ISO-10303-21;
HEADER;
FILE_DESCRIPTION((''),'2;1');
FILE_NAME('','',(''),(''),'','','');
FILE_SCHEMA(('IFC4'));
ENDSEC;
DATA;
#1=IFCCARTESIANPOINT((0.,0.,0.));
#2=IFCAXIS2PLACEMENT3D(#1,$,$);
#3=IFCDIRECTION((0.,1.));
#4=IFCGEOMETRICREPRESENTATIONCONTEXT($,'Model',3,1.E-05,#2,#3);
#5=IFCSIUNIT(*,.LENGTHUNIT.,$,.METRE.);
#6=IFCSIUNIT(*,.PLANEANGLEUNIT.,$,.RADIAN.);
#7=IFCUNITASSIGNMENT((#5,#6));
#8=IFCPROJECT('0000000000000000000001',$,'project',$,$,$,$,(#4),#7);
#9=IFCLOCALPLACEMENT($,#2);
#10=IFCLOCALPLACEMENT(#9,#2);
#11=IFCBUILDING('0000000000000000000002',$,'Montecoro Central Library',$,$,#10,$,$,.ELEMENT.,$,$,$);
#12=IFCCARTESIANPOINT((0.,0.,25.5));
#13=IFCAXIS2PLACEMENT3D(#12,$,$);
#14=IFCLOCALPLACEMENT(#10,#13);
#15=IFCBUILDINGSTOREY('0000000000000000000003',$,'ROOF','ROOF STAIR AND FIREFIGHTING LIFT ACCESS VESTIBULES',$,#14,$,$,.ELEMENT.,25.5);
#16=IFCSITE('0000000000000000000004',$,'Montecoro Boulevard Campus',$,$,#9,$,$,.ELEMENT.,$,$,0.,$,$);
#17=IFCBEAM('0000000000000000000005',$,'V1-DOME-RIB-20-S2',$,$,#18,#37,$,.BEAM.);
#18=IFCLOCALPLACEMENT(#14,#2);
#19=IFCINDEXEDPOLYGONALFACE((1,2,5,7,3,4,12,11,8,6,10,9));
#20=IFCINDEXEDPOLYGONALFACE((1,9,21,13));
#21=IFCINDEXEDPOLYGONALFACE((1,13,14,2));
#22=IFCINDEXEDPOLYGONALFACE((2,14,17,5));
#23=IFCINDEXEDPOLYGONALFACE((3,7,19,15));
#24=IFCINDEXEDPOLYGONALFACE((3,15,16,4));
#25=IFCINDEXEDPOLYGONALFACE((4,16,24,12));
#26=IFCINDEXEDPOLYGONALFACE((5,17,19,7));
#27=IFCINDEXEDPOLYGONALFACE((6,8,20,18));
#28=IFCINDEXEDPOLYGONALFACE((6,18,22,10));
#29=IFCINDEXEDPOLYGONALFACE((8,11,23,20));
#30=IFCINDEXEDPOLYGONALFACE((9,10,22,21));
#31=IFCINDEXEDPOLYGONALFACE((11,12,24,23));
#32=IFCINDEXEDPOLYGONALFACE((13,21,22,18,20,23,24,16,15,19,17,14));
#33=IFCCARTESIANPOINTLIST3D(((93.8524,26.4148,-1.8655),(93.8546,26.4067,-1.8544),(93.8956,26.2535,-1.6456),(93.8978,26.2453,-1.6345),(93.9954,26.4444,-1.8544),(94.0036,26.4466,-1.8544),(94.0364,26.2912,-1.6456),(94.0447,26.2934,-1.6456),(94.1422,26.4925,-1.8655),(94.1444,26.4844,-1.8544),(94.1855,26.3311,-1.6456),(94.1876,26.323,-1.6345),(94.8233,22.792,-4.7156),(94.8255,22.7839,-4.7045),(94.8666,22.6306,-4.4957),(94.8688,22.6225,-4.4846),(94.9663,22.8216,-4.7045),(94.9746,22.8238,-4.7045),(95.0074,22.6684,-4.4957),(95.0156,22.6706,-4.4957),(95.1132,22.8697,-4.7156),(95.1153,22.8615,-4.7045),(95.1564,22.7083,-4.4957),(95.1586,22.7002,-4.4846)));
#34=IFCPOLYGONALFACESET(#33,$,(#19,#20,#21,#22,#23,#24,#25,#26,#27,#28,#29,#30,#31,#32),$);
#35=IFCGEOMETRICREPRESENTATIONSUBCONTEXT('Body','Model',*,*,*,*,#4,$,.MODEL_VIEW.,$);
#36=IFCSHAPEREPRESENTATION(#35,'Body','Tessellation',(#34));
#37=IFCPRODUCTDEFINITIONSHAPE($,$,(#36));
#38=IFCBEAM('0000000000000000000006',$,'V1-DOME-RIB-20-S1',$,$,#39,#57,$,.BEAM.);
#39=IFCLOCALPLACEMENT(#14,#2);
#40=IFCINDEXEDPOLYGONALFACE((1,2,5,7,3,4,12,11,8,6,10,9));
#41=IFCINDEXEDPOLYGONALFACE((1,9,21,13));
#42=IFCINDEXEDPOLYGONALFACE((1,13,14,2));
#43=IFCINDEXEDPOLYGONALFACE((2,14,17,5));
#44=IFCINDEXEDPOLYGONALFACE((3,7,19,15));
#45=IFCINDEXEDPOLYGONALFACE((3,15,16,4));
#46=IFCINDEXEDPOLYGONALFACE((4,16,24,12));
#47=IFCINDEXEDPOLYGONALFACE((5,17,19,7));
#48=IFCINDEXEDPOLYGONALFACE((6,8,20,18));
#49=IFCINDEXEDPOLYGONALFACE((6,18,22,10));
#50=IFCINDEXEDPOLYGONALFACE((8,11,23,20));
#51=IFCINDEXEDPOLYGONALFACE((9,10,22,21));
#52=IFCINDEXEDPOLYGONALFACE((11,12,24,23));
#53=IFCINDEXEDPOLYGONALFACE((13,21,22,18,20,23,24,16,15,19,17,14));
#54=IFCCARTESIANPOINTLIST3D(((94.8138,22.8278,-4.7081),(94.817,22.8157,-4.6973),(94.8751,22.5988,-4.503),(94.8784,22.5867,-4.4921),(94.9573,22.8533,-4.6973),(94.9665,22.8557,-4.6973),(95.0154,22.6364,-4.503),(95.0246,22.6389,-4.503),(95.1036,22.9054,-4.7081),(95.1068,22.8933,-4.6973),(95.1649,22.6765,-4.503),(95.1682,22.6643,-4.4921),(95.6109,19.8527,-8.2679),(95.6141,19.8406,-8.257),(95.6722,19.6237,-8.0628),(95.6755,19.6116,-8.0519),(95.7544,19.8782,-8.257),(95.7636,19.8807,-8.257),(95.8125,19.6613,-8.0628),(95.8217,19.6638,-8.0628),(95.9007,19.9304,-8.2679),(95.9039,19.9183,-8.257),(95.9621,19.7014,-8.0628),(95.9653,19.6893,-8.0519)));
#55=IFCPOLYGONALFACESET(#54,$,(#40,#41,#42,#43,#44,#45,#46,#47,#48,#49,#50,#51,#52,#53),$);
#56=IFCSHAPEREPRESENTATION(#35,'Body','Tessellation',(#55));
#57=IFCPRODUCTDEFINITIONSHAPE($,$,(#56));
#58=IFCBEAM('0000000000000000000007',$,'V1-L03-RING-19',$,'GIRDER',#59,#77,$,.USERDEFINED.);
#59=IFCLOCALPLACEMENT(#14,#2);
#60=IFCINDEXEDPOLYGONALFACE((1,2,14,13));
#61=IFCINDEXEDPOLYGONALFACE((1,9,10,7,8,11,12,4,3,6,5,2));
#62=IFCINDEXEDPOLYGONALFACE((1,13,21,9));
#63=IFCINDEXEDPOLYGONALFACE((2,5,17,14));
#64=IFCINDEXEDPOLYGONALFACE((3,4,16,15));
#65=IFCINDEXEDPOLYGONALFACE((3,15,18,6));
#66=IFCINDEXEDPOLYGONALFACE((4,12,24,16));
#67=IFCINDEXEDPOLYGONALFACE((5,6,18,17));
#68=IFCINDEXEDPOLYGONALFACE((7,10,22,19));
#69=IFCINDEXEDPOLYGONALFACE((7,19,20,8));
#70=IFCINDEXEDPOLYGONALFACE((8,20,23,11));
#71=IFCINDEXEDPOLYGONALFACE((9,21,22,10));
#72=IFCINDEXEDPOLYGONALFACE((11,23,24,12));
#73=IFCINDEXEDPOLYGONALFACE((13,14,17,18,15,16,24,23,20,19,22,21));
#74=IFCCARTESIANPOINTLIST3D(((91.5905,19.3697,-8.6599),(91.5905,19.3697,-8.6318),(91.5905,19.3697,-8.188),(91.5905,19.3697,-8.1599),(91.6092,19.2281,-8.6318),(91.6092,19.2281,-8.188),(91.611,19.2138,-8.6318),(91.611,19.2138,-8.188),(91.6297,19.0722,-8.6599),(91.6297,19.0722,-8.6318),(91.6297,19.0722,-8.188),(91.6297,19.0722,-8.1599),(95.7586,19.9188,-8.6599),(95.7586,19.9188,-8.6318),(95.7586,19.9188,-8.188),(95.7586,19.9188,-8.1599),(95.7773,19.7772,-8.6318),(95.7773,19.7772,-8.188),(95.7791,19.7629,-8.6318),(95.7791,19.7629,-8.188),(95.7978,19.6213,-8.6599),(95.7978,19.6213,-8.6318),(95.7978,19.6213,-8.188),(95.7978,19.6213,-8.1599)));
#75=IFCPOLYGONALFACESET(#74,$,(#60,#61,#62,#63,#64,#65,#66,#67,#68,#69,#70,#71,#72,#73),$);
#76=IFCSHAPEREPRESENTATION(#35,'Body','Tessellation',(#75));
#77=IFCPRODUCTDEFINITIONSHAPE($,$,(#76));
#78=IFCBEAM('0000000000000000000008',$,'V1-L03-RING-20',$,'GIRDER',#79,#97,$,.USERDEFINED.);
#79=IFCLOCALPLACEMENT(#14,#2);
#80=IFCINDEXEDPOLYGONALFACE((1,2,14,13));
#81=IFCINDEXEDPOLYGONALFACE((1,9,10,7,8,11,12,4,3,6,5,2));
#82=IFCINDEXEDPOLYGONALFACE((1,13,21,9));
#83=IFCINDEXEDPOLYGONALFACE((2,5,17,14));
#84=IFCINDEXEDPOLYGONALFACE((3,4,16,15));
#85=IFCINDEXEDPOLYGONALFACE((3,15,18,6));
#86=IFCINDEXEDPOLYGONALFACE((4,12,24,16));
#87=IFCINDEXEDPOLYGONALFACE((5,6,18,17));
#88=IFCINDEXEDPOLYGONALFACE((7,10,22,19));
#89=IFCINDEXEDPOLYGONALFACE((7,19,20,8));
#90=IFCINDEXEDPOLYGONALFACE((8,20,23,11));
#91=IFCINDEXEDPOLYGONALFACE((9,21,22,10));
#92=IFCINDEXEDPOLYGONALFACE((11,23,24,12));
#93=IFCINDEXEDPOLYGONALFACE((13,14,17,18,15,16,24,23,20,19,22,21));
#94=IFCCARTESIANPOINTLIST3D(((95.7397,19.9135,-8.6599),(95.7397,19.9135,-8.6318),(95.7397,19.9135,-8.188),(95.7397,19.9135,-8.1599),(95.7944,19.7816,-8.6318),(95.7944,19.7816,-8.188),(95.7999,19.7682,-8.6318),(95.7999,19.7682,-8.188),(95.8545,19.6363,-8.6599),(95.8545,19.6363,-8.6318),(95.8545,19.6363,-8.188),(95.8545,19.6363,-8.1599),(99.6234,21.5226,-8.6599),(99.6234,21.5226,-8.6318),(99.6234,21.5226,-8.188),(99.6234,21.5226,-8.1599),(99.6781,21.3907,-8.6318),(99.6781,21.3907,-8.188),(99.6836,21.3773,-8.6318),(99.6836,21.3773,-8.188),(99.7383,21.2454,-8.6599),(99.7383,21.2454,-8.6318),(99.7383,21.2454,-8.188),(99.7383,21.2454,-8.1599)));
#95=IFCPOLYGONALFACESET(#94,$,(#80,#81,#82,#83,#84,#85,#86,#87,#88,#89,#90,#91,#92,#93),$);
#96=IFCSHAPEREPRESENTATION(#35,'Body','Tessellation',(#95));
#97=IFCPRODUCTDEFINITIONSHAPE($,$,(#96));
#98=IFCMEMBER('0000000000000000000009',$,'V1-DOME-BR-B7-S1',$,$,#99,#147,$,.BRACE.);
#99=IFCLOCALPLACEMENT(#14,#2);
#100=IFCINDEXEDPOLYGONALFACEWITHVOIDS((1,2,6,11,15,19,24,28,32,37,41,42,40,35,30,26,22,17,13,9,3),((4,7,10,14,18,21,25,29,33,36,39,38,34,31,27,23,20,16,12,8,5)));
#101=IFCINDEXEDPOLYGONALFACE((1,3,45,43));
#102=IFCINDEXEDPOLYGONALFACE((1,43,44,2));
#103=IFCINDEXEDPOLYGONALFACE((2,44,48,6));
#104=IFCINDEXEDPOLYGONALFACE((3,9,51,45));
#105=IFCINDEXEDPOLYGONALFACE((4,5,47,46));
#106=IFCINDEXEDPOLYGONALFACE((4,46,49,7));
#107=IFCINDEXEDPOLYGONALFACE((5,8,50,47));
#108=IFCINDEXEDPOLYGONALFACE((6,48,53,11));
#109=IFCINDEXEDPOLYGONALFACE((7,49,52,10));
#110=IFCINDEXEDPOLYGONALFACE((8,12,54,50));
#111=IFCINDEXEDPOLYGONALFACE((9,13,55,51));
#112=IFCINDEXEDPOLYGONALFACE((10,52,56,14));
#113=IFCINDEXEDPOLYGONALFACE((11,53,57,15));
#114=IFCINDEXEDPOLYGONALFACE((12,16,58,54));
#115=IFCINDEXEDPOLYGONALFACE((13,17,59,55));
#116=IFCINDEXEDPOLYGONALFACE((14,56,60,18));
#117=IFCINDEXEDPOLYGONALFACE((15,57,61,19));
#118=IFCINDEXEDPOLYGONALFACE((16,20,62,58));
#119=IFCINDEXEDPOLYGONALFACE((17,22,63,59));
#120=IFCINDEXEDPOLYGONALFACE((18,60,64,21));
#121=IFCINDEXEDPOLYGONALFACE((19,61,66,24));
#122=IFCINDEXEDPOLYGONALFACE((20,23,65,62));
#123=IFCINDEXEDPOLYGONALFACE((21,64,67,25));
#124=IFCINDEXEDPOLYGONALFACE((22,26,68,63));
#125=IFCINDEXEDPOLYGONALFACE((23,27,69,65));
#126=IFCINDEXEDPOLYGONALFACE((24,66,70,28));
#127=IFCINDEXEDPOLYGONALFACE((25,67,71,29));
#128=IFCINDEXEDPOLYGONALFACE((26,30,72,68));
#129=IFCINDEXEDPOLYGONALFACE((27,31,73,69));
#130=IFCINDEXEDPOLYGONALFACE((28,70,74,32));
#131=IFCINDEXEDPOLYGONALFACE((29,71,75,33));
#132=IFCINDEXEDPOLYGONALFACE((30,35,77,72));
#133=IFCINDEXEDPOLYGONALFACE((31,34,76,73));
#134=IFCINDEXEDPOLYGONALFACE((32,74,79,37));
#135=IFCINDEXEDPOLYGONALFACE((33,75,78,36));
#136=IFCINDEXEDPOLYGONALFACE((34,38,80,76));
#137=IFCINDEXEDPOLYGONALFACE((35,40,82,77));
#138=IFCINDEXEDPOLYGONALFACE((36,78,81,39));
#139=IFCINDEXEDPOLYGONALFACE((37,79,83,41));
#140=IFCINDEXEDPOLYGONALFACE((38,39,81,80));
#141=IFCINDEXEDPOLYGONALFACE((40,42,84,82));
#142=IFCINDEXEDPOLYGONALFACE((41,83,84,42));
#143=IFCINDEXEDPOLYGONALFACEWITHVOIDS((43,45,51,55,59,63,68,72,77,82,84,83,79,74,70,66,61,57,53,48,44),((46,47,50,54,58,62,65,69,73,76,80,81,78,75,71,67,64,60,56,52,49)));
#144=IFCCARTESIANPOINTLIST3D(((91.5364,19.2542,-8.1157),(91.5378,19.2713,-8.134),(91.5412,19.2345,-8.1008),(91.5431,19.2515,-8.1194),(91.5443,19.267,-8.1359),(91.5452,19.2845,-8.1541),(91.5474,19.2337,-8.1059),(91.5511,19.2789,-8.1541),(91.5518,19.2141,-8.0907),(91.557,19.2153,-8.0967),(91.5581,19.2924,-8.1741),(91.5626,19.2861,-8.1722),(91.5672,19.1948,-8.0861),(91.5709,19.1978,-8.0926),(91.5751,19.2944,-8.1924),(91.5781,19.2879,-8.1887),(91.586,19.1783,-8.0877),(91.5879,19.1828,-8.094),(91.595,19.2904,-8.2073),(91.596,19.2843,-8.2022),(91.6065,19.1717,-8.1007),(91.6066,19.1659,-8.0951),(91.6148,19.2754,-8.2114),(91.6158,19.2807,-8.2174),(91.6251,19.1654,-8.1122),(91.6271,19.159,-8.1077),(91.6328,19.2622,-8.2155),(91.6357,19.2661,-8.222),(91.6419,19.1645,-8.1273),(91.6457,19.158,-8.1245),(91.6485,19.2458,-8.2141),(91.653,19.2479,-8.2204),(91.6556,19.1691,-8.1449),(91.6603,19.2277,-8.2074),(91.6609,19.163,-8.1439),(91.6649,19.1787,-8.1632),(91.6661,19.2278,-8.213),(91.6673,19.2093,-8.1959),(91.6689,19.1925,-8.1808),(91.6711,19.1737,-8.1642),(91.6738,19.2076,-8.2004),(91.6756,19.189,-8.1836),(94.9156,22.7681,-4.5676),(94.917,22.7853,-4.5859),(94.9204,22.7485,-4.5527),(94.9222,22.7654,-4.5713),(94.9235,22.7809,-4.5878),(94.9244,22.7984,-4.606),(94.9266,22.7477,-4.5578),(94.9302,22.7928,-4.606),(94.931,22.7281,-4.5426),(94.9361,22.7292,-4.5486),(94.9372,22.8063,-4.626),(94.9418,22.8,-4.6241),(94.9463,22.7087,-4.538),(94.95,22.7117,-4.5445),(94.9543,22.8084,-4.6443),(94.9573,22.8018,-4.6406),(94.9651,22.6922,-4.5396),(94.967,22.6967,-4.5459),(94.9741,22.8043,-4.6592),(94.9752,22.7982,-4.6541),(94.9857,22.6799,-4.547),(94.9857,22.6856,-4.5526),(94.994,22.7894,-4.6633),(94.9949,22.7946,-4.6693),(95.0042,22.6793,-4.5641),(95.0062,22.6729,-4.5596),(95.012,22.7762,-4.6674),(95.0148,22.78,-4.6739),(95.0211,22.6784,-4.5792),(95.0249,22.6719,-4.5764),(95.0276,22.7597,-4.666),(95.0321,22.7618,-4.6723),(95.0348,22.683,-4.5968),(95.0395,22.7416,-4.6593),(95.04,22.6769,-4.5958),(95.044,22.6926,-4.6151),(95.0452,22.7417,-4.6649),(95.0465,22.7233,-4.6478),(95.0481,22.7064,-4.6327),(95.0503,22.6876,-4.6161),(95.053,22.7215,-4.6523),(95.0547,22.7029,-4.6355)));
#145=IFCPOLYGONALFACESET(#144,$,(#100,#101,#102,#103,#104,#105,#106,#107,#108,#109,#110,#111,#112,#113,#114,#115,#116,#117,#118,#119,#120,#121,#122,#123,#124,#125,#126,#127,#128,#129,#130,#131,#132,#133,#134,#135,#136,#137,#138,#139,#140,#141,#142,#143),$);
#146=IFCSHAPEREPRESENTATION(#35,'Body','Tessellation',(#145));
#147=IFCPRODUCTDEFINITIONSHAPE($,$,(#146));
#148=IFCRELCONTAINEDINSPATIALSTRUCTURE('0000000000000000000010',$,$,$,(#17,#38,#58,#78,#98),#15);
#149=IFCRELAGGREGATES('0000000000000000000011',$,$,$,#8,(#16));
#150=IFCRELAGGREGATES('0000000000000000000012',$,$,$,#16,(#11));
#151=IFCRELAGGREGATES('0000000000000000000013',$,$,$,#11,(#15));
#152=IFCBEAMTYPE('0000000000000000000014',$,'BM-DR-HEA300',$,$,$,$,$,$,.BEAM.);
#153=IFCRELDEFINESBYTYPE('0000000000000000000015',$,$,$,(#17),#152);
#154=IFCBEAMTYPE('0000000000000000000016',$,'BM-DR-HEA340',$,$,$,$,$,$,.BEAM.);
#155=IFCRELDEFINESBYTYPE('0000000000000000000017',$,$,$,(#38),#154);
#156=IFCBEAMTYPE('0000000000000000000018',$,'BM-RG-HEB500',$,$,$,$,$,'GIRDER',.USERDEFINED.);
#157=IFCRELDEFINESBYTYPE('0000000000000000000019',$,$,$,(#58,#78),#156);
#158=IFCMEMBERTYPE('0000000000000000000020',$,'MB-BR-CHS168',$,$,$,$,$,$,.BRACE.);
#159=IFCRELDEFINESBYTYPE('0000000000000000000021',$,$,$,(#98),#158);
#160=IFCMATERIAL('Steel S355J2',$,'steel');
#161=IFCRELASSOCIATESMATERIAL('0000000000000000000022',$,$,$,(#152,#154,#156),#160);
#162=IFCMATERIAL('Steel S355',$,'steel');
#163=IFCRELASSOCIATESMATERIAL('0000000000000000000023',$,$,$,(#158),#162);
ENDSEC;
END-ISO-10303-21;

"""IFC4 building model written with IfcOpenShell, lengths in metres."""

from ifc_helpers import new_model, si_unit, direction, frame, origin, origin_2d, place, context, subcontext, project, spatial, hollow_circle, i_section, extrude, material, material_profile, profile_set, type_object, element, save


model = new_model("IFC4")

# Units and contexts
model_context = context("Model", 3, precision=1e-05, world=origin(), true_north=direction((0.0, 1.0)))
body_context = subcontext(model_context, "Body", "Model", "MODEL_VIEW")
ifc_project = project(units=[si_unit("LENGTHUNIT", "METRE"), si_unit("PLANEANGLEUNIT", "RADIAN")], contexts=[model_context])

# Site, building, storey
site_placement = place(None, origin())
site = spatial("IfcSite", under=ifc_project, at=site_placement, Name="Montecoro Boulevard Campus", CompositionType="ELEMENT", RefElevation=0.0)
building_placement = place(site_placement, origin())
building = spatial("IfcBuilding", under=site, at=building_placement, Name="Montecoro Central Library", CompositionType="ELEMENT")
storey_placement = place(building_placement, frame((0.0, 0.0, 25.5)))
storey = spatial("IfcBuildingStorey", under=building, at=storey_placement, Name="ROOF", Description="ROOF STAIR AND FIREFIGHTING LIFT ACCESS VESTIBULES", CompositionType="ELEMENT", Elevation=25.5)

# Beams
ifc_material_1 = material(Name="Steel S355J2", Category="steel")
ifc_material_profile_1 = material_profile(ifc_material_1, i_section(OverallWidth=0.3, OverallDepth=0.29, WebThickness=0.0085, FlangeThickness=0.0139, at=origin_2d()), Name="HEA 300")
ifc_profile_set_1 = profile_set([ifc_material_profile_1], Name="Steel S355J2")
beam_type_1 = type_object("IfcBeamType", Name="BM-DR-HEA300", PredefinedType="BEAM", material=ifc_profile_set_1)
beam_1_placement = place(storey_placement, frame((94.991, 22.7461, -4.6001), z_axis=(-0.206116, 0.769062, 0.605029), x_axis=(-0.965911, -0.258874, 0.0)))
element("IfcBeam", 1, at=beam_1_placement, inside=storey, type_object=beam_type_1, Name="V1-DOME-RIB-20-S2", PredefinedType="BEAM", context=body_context, shape_type="SweptSolid", body=[
    extrude(i_section(OverallWidth=0.3, OverallDepth=0.29, WebThickness=0.0085, FlangeThickness=0.0139, at=origin_2d()), origin(), (0.0, 0.0, 1.0), 4.7107),
])
ifc_material_profile_2 = material_profile(ifc_material_1, i_section(OverallWidth=0.3, OverallDepth=0.3301, WebThickness=0.0095, FlangeThickness=0.0166, at=origin_2d()), Name="HEA 340")
ifc_profile_set_2 = profile_set([ifc_material_profile_2], Name="Steel S355J2")
beam_type_2 = type_object("IfcBeamType", Name="BM-DR-HEA340", PredefinedType="BEAM", material=ifc_profile_set_2)
beam_2_placement = place(storey_placement, frame((95.7881, 19.771, -8.1599), z_axis=(-0.169336, 0.632015, 0.756229), x_axis=(-0.96593, -0.258802, 0.0)))
element("IfcBeam", 2, at=beam_2_placement, inside=storey, type_object=beam_type_2, Name="V1-DOME-RIB-20-S1", PredefinedType="BEAM", context=body_context, shape_type="SweptSolid", body=[
    extrude(i_section(OverallWidth=0.3, OverallDepth=0.3301, WebThickness=0.0095, FlangeThickness=0.0166, at=origin_2d()), origin(), (0.0, 0.0, 1.0), 4.7073),
])
ifc_material_profile_3 = material_profile(ifc_material_1, i_section(OverallWidth=0.3, OverallDepth=0.5, WebThickness=0.0144, FlangeThickness=0.0281, at=origin_2d()), Name="HEB 500")
ifc_profile_set_3 = profile_set([ifc_material_profile_3], Name="Steel S355J2")
beam_type_3 = type_object("IfcBeamType", Name="BM-RG-HEB500", ElementType="GIRDER", PredefinedType="USERDEFINED", material=ifc_profile_set_3)
beam_3_placement = place(storey_placement, frame((91.6101, 19.2209, -8.4099), z_axis=(0.991434, 0.130608, 0.0), x_axis=(-0.130608, 0.991434, 0.0)))
element("IfcBeam", 3, at=beam_3_placement, inside=storey, type_object=beam_type_3, Name="V1-L03-RING-19", ObjectType="GIRDER", PredefinedType="USERDEFINED", context=body_context, shape_type="SweptSolid", body=[
    extrude(i_section(OverallWidth=0.3, OverallDepth=0.5, WebThickness=0.0144, FlangeThickness=0.0281, at=origin_2d()), origin(), (0.0, 0.0, 1.0), 4.2041),
])
beam_4_placement = place(storey_placement, frame((95.7971, 19.7749, -8.4099), z_axis=(0.923845, 0.382767, 0.0), x_axis=(-0.382767, 0.923845, 0.0)))
element("IfcBeam", 4, at=beam_4_placement, inside=storey, type_object=beam_type_3, Name="V1-L03-RING-20", ObjectType="GIRDER", PredefinedType="USERDEFINED", context=body_context, shape_type="SweptSolid", body=[
    extrude(i_section(OverallWidth=0.3, OverallDepth=0.5, WebThickness=0.0144, FlangeThickness=0.0281, at=origin_2d()), origin(), (0.0, 0.0, 1.0), 4.2039),
])

# Member
ifc_material_2 = material(Name="Steel S355", Category="steel")
ifc_material_profile_4 = material_profile(ifc_material_2, hollow_circle(Radius=0.0842, WallThickness=0.0081, at=origin_2d()), Name="CHS 168.3x8.0")
ifc_profile_set_4 = profile_set([ifc_material_profile_4], Name="Steel S355")
member_type_1 = type_object("IfcMemberType", Name="MB-BR-CHS168", PredefinedType="BRACE", material=ifc_profile_set_4)
member_1_placement = place(storey_placement, frame((91.606, 19.2261, -8.1541), z_axis=(0.560433, 0.582784, 0.588453), x_axis=(-0.720794, 0.69315, 0.0)))
element("IfcMember", 5, at=member_1_placement, inside=storey, type_object=member_type_1, Name="V1-DOME-BR-B7-S1", PredefinedType="BRACE", context=body_context, shape_type="SweptSolid", body=[
    extrude(hollow_circle(Radius=0.0842, WallThickness=0.0081, at=origin_2d()), origin(), (0.0, 0.0, 1.0), 6.0295),
])

save(model, "model.ifc")
